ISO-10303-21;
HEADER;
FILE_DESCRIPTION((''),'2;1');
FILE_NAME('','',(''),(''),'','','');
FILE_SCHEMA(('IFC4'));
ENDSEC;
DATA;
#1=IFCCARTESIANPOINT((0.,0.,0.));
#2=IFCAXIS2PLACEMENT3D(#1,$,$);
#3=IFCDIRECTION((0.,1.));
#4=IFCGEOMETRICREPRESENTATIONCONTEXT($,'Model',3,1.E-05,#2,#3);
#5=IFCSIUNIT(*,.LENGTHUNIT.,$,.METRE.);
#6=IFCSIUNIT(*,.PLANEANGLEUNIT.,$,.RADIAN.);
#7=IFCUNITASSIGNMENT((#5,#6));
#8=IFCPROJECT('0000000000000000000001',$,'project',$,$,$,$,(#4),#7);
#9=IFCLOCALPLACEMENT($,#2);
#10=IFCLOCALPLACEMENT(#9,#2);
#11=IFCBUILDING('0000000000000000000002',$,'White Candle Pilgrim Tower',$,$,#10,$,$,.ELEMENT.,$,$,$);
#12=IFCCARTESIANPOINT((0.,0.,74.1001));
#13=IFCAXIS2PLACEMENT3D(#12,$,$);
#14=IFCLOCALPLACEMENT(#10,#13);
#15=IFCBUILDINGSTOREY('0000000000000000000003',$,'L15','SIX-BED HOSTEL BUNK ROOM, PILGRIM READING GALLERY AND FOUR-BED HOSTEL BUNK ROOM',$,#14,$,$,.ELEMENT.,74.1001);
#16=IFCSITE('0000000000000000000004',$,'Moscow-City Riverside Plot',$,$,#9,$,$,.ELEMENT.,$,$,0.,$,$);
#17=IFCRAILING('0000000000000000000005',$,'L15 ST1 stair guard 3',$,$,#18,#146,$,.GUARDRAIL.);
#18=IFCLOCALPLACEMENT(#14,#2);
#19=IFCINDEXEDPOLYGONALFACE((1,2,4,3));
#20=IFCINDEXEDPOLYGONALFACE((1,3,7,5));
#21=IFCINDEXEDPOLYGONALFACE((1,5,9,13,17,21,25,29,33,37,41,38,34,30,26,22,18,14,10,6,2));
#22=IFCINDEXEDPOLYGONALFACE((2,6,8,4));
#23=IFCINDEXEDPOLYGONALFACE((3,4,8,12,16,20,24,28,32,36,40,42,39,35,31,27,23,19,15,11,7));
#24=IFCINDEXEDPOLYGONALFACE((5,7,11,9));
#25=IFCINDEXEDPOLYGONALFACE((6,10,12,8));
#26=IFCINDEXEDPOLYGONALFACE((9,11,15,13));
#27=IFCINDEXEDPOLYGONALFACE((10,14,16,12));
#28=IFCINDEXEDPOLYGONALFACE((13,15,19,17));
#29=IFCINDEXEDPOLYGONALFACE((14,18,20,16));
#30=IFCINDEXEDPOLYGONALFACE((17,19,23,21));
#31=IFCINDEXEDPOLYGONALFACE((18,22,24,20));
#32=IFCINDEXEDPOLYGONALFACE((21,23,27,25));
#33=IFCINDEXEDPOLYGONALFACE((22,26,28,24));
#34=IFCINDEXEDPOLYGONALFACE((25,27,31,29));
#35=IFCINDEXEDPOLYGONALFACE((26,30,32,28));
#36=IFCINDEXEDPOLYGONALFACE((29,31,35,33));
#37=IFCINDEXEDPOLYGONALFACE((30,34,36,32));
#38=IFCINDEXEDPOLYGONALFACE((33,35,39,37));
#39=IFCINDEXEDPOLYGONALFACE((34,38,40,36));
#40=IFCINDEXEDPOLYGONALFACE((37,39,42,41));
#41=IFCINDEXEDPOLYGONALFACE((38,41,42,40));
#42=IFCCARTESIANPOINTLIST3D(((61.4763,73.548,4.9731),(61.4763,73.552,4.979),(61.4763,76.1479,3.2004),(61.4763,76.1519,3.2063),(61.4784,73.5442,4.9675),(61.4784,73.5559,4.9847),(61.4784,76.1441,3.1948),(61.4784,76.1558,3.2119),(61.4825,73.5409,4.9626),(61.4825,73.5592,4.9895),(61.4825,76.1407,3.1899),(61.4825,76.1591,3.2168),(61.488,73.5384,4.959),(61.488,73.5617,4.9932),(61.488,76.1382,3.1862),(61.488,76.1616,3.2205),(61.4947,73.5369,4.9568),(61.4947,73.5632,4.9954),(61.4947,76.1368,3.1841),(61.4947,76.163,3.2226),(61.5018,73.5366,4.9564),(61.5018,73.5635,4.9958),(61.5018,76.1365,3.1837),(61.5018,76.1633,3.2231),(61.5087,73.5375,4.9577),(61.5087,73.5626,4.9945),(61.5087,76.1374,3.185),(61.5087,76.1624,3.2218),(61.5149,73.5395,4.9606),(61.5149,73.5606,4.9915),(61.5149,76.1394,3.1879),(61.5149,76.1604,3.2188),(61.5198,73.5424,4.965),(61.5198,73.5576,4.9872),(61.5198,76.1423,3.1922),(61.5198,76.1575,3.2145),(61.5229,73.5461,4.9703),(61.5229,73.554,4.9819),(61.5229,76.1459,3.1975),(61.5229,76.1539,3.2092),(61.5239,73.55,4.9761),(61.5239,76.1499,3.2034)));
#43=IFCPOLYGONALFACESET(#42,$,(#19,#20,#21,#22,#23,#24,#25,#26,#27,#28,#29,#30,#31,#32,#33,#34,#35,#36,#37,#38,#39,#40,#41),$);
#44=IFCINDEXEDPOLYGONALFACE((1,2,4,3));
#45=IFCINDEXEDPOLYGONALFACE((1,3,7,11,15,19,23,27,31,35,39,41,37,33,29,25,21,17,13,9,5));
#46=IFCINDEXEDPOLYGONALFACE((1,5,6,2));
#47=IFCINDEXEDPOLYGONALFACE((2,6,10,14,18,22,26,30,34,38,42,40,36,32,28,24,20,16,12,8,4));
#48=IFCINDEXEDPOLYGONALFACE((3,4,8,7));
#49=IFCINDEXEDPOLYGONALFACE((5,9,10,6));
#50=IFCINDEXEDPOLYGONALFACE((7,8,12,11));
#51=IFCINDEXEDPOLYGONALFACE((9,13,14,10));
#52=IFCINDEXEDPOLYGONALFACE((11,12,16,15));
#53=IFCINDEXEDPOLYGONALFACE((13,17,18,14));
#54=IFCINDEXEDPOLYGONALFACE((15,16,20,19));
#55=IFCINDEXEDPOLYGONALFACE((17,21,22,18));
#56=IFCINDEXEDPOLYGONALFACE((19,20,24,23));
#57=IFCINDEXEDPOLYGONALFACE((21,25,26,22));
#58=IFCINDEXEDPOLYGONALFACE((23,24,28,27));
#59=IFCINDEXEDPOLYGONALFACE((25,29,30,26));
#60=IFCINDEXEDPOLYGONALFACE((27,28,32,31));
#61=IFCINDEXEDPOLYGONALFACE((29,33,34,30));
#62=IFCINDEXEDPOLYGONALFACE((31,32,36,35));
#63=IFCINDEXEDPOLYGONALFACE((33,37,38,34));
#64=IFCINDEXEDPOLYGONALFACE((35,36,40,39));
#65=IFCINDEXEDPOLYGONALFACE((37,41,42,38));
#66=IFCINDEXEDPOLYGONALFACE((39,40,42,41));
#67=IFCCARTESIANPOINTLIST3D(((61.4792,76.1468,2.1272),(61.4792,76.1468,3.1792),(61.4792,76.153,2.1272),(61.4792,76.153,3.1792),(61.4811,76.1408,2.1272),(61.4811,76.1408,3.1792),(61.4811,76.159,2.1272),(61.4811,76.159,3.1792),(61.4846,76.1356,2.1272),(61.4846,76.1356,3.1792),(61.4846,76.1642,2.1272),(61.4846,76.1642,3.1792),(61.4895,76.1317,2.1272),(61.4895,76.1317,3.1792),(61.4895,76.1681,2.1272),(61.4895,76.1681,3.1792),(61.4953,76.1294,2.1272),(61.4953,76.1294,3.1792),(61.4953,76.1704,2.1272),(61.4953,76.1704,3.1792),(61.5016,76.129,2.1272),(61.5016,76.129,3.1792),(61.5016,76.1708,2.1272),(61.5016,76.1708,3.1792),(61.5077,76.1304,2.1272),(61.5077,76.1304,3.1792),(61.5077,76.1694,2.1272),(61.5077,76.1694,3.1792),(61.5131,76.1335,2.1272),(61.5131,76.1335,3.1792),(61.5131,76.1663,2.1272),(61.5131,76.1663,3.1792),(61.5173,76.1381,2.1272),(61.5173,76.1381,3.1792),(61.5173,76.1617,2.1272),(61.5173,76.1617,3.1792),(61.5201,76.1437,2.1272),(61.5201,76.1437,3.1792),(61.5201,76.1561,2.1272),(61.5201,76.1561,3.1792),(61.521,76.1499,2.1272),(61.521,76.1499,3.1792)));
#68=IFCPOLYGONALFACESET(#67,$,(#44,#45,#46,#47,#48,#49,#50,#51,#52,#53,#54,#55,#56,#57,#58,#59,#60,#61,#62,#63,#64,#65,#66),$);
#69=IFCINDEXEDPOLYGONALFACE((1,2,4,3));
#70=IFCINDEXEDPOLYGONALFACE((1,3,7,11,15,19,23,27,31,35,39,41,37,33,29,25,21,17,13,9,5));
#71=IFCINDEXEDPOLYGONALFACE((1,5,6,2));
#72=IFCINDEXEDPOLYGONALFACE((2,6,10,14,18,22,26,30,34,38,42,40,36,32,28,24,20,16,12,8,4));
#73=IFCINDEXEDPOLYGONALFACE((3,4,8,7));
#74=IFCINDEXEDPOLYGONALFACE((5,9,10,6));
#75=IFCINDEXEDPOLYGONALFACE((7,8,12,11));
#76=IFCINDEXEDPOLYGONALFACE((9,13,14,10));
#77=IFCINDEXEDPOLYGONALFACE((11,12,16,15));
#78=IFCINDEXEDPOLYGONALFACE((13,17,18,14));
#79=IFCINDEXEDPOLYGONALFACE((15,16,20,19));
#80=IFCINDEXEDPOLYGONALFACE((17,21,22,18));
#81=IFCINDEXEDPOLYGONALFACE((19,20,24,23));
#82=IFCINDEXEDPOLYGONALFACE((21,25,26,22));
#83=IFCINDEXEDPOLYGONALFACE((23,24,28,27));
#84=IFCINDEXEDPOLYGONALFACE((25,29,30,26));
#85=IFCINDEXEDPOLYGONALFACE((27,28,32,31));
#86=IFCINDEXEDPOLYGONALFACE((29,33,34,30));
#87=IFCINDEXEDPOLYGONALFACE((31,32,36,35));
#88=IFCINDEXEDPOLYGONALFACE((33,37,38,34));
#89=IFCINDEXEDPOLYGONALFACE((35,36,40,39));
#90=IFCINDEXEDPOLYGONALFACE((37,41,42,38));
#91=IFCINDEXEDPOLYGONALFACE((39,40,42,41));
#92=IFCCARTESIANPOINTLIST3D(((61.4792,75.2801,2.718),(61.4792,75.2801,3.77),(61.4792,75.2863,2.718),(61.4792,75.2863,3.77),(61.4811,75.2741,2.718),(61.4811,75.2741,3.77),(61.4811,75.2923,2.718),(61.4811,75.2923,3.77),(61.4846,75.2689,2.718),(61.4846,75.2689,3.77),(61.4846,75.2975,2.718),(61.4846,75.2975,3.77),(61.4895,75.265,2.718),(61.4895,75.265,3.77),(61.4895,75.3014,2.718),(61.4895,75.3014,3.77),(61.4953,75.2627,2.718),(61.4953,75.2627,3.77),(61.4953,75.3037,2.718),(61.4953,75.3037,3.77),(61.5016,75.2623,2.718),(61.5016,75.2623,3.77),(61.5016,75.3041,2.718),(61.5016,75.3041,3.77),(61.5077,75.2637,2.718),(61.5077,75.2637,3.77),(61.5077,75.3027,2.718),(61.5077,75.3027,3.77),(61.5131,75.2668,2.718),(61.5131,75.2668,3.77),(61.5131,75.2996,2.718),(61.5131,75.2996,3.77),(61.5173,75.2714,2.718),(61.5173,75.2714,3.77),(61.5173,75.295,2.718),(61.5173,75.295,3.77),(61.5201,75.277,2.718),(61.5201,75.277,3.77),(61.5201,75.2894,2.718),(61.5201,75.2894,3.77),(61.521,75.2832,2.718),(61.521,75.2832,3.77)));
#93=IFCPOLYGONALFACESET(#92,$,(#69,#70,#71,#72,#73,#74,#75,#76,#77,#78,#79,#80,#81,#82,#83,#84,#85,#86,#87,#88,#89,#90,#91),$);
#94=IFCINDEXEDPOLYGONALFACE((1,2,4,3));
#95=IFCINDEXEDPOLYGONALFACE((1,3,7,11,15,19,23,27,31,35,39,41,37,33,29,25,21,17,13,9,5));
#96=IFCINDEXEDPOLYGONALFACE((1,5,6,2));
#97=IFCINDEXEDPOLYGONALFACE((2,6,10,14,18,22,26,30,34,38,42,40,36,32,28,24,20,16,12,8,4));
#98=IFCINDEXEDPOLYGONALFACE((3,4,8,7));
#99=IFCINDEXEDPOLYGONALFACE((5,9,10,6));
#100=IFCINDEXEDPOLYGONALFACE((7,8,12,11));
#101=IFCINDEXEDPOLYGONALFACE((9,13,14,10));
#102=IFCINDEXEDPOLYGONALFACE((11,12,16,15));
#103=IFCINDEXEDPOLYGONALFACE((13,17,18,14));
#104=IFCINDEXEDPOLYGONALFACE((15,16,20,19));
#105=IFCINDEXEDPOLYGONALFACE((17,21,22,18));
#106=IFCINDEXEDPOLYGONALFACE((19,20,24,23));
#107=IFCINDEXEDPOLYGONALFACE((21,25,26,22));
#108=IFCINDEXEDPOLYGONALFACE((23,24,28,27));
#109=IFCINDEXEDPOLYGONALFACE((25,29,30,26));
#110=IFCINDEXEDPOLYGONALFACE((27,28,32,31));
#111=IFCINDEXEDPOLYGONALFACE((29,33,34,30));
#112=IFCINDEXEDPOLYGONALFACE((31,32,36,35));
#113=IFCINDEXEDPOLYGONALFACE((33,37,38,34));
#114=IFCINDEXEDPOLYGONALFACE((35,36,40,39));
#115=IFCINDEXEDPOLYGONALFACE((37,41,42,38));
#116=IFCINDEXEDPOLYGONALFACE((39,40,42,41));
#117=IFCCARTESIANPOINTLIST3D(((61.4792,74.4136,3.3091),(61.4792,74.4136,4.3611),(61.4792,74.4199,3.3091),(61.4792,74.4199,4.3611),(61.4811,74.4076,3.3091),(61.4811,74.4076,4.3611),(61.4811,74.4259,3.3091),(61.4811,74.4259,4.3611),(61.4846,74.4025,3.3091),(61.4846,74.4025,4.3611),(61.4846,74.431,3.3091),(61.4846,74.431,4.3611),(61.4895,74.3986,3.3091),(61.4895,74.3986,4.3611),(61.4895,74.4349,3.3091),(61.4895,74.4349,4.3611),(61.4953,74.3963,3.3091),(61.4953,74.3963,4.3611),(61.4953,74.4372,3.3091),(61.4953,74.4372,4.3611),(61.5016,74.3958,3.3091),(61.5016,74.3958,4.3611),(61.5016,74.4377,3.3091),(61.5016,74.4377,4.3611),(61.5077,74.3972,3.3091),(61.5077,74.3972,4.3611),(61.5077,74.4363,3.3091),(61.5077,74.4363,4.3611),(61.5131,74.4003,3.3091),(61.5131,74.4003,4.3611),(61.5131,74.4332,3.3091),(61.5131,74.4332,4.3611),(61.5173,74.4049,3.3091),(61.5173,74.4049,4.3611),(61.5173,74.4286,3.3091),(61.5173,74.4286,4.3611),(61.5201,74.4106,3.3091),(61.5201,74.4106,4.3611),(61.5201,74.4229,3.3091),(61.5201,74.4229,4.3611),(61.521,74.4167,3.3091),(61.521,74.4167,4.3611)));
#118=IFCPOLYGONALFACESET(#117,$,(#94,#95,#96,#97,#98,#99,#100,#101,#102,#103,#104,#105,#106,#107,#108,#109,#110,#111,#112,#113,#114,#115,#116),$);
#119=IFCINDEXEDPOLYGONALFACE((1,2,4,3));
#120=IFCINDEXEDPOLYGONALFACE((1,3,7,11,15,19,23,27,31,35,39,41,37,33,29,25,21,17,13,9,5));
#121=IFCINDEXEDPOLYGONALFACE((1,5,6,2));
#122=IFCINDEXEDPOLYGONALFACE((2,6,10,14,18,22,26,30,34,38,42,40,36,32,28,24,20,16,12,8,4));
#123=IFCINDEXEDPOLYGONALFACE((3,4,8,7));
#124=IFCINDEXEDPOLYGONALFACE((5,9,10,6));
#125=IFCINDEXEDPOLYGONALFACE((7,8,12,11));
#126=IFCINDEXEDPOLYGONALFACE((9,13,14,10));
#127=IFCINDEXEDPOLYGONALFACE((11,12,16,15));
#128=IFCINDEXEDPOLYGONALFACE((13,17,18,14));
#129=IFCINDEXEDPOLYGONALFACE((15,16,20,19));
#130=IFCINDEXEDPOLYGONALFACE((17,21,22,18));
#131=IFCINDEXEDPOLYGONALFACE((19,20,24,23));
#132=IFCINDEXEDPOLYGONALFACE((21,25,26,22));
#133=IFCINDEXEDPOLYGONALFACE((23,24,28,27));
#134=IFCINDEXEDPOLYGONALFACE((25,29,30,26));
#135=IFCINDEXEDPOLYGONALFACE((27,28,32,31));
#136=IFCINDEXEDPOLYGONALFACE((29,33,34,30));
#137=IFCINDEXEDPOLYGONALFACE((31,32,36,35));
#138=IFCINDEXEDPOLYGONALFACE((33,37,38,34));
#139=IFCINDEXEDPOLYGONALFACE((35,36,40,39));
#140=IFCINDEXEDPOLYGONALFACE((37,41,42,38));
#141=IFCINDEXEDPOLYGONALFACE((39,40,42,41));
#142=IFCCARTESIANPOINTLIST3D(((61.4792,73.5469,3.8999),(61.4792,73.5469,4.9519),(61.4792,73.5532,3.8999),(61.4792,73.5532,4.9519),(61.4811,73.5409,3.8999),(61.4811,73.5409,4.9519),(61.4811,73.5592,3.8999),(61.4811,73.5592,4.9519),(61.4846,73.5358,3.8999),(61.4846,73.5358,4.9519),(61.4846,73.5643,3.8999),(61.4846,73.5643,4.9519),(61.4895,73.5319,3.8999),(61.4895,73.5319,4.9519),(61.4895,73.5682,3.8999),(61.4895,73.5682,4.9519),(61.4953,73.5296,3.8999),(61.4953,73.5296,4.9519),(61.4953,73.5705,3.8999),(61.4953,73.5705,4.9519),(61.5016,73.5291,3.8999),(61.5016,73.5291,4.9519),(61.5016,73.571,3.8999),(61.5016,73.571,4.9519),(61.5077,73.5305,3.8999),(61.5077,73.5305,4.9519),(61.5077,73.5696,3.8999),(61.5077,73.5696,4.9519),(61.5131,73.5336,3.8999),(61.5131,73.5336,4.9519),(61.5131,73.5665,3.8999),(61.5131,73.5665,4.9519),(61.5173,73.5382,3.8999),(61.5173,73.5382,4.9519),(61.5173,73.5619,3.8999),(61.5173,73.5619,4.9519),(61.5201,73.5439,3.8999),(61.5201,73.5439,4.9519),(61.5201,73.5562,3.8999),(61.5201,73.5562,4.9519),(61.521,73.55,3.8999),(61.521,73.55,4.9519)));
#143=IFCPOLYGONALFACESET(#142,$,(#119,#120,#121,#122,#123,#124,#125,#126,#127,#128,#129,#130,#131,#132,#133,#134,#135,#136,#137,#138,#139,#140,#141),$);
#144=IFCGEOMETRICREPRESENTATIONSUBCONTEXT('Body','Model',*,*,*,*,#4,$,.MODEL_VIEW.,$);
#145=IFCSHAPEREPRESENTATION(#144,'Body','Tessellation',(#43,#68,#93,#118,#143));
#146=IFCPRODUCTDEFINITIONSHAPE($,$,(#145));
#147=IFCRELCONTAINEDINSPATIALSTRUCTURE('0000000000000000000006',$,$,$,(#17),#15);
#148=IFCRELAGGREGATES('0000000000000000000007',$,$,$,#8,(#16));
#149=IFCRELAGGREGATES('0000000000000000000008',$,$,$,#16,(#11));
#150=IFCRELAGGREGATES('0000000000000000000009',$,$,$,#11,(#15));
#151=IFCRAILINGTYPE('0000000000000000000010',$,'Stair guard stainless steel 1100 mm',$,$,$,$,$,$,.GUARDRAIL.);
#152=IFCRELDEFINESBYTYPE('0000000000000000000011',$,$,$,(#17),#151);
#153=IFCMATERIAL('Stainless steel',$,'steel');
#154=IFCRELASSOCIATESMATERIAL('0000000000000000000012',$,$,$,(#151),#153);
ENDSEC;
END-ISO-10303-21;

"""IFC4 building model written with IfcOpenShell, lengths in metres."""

from ifc_helpers import new_model, si_unit, direction, frame, origin, origin_2d, place, context, subcontext, project, spatial, circle, extrude, material, type_object, element, save


model = new_model("IFC4")

# Units and contexts
model_context = context("Model", 3, precision=1e-05, world=origin(), true_north=direction((0.0, 1.0)))
body_context = subcontext(model_context, "Body", "Model", "MODEL_VIEW")
ifc_project = project(units=[si_unit("LENGTHUNIT", "METRE"), si_unit("PLANEANGLEUNIT", "RADIAN")], contexts=[model_context])

# Site, building, storey
site_placement = place(None, origin())
site = spatial("IfcSite", under=ifc_project, at=site_placement, Name="Moscow-City Riverside Plot", CompositionType="ELEMENT", RefElevation=0.0)
building_placement = place(site_placement, origin())
building = spatial("IfcBuilding", under=site, at=building_placement, Name="White Candle Pilgrim Tower", CompositionType="ELEMENT")
storey_placement = place(building_placement, frame((0.0, 0.0, 74.1001)))
storey = spatial("IfcBuildingStorey", under=building, at=storey_placement, Name="L15", Description="SIX-BED HOSTEL BUNK ROOM, PILGRIM READING GALLERY AND FOUR-BED HOSTEL BUNK ROOM", CompositionType="ELEMENT", Elevation=74.1001)

# Railing
ifc_material_1 = material(Name="Stainless steel", Category="steel")
railing_type_1 = type_object("IfcRailingType", Name="Stair guard stainless steel 1100 mm", PredefinedType="GUARDRAIL", material=ifc_material_1)
railing_1_placement = place(storey_placement, frame((61.5, 76.1499, 2.1272)))
element("IfcRailing", 1, at=railing_1_placement, inside=storey, type_object=railing_type_1, Name="L15 ST1 stair guard 3", PredefinedType="GUARDRAIL", context=body_context, shape_type="SweptSolid", body=[
    extrude(circle(Radius=0.0239, at=origin_2d()), frame((0.0, 0.0, 1.0762), z_axis=(0.0, -0.826216, 0.563354), x_axis=(1.0, 0.0, 0.0)), (0.0, 0.0, 1.0), 3.1467),
    extrude(circle(Radius=0.021, at=origin_2d()), origin(), (0.0, 0.0, 1.0), 1.052),
    extrude(circle(Radius=0.021, at=origin_2d()), frame((0.0, -0.8667, 0.5908)), (0.0, 0.0, 1.0), 1.052),
    extrude(circle(Radius=0.021, at=origin_2d()), frame((0.0, -1.7332, 1.1819)), (0.0, 0.0, 1.0), 1.052),
    extrude(circle(Radius=0.021, at=origin_2d()), frame((0.0, -2.5999, 1.7727)), (0.0, 0.0, 1.0), 1.052),
])

save(model, "model.ifc")
